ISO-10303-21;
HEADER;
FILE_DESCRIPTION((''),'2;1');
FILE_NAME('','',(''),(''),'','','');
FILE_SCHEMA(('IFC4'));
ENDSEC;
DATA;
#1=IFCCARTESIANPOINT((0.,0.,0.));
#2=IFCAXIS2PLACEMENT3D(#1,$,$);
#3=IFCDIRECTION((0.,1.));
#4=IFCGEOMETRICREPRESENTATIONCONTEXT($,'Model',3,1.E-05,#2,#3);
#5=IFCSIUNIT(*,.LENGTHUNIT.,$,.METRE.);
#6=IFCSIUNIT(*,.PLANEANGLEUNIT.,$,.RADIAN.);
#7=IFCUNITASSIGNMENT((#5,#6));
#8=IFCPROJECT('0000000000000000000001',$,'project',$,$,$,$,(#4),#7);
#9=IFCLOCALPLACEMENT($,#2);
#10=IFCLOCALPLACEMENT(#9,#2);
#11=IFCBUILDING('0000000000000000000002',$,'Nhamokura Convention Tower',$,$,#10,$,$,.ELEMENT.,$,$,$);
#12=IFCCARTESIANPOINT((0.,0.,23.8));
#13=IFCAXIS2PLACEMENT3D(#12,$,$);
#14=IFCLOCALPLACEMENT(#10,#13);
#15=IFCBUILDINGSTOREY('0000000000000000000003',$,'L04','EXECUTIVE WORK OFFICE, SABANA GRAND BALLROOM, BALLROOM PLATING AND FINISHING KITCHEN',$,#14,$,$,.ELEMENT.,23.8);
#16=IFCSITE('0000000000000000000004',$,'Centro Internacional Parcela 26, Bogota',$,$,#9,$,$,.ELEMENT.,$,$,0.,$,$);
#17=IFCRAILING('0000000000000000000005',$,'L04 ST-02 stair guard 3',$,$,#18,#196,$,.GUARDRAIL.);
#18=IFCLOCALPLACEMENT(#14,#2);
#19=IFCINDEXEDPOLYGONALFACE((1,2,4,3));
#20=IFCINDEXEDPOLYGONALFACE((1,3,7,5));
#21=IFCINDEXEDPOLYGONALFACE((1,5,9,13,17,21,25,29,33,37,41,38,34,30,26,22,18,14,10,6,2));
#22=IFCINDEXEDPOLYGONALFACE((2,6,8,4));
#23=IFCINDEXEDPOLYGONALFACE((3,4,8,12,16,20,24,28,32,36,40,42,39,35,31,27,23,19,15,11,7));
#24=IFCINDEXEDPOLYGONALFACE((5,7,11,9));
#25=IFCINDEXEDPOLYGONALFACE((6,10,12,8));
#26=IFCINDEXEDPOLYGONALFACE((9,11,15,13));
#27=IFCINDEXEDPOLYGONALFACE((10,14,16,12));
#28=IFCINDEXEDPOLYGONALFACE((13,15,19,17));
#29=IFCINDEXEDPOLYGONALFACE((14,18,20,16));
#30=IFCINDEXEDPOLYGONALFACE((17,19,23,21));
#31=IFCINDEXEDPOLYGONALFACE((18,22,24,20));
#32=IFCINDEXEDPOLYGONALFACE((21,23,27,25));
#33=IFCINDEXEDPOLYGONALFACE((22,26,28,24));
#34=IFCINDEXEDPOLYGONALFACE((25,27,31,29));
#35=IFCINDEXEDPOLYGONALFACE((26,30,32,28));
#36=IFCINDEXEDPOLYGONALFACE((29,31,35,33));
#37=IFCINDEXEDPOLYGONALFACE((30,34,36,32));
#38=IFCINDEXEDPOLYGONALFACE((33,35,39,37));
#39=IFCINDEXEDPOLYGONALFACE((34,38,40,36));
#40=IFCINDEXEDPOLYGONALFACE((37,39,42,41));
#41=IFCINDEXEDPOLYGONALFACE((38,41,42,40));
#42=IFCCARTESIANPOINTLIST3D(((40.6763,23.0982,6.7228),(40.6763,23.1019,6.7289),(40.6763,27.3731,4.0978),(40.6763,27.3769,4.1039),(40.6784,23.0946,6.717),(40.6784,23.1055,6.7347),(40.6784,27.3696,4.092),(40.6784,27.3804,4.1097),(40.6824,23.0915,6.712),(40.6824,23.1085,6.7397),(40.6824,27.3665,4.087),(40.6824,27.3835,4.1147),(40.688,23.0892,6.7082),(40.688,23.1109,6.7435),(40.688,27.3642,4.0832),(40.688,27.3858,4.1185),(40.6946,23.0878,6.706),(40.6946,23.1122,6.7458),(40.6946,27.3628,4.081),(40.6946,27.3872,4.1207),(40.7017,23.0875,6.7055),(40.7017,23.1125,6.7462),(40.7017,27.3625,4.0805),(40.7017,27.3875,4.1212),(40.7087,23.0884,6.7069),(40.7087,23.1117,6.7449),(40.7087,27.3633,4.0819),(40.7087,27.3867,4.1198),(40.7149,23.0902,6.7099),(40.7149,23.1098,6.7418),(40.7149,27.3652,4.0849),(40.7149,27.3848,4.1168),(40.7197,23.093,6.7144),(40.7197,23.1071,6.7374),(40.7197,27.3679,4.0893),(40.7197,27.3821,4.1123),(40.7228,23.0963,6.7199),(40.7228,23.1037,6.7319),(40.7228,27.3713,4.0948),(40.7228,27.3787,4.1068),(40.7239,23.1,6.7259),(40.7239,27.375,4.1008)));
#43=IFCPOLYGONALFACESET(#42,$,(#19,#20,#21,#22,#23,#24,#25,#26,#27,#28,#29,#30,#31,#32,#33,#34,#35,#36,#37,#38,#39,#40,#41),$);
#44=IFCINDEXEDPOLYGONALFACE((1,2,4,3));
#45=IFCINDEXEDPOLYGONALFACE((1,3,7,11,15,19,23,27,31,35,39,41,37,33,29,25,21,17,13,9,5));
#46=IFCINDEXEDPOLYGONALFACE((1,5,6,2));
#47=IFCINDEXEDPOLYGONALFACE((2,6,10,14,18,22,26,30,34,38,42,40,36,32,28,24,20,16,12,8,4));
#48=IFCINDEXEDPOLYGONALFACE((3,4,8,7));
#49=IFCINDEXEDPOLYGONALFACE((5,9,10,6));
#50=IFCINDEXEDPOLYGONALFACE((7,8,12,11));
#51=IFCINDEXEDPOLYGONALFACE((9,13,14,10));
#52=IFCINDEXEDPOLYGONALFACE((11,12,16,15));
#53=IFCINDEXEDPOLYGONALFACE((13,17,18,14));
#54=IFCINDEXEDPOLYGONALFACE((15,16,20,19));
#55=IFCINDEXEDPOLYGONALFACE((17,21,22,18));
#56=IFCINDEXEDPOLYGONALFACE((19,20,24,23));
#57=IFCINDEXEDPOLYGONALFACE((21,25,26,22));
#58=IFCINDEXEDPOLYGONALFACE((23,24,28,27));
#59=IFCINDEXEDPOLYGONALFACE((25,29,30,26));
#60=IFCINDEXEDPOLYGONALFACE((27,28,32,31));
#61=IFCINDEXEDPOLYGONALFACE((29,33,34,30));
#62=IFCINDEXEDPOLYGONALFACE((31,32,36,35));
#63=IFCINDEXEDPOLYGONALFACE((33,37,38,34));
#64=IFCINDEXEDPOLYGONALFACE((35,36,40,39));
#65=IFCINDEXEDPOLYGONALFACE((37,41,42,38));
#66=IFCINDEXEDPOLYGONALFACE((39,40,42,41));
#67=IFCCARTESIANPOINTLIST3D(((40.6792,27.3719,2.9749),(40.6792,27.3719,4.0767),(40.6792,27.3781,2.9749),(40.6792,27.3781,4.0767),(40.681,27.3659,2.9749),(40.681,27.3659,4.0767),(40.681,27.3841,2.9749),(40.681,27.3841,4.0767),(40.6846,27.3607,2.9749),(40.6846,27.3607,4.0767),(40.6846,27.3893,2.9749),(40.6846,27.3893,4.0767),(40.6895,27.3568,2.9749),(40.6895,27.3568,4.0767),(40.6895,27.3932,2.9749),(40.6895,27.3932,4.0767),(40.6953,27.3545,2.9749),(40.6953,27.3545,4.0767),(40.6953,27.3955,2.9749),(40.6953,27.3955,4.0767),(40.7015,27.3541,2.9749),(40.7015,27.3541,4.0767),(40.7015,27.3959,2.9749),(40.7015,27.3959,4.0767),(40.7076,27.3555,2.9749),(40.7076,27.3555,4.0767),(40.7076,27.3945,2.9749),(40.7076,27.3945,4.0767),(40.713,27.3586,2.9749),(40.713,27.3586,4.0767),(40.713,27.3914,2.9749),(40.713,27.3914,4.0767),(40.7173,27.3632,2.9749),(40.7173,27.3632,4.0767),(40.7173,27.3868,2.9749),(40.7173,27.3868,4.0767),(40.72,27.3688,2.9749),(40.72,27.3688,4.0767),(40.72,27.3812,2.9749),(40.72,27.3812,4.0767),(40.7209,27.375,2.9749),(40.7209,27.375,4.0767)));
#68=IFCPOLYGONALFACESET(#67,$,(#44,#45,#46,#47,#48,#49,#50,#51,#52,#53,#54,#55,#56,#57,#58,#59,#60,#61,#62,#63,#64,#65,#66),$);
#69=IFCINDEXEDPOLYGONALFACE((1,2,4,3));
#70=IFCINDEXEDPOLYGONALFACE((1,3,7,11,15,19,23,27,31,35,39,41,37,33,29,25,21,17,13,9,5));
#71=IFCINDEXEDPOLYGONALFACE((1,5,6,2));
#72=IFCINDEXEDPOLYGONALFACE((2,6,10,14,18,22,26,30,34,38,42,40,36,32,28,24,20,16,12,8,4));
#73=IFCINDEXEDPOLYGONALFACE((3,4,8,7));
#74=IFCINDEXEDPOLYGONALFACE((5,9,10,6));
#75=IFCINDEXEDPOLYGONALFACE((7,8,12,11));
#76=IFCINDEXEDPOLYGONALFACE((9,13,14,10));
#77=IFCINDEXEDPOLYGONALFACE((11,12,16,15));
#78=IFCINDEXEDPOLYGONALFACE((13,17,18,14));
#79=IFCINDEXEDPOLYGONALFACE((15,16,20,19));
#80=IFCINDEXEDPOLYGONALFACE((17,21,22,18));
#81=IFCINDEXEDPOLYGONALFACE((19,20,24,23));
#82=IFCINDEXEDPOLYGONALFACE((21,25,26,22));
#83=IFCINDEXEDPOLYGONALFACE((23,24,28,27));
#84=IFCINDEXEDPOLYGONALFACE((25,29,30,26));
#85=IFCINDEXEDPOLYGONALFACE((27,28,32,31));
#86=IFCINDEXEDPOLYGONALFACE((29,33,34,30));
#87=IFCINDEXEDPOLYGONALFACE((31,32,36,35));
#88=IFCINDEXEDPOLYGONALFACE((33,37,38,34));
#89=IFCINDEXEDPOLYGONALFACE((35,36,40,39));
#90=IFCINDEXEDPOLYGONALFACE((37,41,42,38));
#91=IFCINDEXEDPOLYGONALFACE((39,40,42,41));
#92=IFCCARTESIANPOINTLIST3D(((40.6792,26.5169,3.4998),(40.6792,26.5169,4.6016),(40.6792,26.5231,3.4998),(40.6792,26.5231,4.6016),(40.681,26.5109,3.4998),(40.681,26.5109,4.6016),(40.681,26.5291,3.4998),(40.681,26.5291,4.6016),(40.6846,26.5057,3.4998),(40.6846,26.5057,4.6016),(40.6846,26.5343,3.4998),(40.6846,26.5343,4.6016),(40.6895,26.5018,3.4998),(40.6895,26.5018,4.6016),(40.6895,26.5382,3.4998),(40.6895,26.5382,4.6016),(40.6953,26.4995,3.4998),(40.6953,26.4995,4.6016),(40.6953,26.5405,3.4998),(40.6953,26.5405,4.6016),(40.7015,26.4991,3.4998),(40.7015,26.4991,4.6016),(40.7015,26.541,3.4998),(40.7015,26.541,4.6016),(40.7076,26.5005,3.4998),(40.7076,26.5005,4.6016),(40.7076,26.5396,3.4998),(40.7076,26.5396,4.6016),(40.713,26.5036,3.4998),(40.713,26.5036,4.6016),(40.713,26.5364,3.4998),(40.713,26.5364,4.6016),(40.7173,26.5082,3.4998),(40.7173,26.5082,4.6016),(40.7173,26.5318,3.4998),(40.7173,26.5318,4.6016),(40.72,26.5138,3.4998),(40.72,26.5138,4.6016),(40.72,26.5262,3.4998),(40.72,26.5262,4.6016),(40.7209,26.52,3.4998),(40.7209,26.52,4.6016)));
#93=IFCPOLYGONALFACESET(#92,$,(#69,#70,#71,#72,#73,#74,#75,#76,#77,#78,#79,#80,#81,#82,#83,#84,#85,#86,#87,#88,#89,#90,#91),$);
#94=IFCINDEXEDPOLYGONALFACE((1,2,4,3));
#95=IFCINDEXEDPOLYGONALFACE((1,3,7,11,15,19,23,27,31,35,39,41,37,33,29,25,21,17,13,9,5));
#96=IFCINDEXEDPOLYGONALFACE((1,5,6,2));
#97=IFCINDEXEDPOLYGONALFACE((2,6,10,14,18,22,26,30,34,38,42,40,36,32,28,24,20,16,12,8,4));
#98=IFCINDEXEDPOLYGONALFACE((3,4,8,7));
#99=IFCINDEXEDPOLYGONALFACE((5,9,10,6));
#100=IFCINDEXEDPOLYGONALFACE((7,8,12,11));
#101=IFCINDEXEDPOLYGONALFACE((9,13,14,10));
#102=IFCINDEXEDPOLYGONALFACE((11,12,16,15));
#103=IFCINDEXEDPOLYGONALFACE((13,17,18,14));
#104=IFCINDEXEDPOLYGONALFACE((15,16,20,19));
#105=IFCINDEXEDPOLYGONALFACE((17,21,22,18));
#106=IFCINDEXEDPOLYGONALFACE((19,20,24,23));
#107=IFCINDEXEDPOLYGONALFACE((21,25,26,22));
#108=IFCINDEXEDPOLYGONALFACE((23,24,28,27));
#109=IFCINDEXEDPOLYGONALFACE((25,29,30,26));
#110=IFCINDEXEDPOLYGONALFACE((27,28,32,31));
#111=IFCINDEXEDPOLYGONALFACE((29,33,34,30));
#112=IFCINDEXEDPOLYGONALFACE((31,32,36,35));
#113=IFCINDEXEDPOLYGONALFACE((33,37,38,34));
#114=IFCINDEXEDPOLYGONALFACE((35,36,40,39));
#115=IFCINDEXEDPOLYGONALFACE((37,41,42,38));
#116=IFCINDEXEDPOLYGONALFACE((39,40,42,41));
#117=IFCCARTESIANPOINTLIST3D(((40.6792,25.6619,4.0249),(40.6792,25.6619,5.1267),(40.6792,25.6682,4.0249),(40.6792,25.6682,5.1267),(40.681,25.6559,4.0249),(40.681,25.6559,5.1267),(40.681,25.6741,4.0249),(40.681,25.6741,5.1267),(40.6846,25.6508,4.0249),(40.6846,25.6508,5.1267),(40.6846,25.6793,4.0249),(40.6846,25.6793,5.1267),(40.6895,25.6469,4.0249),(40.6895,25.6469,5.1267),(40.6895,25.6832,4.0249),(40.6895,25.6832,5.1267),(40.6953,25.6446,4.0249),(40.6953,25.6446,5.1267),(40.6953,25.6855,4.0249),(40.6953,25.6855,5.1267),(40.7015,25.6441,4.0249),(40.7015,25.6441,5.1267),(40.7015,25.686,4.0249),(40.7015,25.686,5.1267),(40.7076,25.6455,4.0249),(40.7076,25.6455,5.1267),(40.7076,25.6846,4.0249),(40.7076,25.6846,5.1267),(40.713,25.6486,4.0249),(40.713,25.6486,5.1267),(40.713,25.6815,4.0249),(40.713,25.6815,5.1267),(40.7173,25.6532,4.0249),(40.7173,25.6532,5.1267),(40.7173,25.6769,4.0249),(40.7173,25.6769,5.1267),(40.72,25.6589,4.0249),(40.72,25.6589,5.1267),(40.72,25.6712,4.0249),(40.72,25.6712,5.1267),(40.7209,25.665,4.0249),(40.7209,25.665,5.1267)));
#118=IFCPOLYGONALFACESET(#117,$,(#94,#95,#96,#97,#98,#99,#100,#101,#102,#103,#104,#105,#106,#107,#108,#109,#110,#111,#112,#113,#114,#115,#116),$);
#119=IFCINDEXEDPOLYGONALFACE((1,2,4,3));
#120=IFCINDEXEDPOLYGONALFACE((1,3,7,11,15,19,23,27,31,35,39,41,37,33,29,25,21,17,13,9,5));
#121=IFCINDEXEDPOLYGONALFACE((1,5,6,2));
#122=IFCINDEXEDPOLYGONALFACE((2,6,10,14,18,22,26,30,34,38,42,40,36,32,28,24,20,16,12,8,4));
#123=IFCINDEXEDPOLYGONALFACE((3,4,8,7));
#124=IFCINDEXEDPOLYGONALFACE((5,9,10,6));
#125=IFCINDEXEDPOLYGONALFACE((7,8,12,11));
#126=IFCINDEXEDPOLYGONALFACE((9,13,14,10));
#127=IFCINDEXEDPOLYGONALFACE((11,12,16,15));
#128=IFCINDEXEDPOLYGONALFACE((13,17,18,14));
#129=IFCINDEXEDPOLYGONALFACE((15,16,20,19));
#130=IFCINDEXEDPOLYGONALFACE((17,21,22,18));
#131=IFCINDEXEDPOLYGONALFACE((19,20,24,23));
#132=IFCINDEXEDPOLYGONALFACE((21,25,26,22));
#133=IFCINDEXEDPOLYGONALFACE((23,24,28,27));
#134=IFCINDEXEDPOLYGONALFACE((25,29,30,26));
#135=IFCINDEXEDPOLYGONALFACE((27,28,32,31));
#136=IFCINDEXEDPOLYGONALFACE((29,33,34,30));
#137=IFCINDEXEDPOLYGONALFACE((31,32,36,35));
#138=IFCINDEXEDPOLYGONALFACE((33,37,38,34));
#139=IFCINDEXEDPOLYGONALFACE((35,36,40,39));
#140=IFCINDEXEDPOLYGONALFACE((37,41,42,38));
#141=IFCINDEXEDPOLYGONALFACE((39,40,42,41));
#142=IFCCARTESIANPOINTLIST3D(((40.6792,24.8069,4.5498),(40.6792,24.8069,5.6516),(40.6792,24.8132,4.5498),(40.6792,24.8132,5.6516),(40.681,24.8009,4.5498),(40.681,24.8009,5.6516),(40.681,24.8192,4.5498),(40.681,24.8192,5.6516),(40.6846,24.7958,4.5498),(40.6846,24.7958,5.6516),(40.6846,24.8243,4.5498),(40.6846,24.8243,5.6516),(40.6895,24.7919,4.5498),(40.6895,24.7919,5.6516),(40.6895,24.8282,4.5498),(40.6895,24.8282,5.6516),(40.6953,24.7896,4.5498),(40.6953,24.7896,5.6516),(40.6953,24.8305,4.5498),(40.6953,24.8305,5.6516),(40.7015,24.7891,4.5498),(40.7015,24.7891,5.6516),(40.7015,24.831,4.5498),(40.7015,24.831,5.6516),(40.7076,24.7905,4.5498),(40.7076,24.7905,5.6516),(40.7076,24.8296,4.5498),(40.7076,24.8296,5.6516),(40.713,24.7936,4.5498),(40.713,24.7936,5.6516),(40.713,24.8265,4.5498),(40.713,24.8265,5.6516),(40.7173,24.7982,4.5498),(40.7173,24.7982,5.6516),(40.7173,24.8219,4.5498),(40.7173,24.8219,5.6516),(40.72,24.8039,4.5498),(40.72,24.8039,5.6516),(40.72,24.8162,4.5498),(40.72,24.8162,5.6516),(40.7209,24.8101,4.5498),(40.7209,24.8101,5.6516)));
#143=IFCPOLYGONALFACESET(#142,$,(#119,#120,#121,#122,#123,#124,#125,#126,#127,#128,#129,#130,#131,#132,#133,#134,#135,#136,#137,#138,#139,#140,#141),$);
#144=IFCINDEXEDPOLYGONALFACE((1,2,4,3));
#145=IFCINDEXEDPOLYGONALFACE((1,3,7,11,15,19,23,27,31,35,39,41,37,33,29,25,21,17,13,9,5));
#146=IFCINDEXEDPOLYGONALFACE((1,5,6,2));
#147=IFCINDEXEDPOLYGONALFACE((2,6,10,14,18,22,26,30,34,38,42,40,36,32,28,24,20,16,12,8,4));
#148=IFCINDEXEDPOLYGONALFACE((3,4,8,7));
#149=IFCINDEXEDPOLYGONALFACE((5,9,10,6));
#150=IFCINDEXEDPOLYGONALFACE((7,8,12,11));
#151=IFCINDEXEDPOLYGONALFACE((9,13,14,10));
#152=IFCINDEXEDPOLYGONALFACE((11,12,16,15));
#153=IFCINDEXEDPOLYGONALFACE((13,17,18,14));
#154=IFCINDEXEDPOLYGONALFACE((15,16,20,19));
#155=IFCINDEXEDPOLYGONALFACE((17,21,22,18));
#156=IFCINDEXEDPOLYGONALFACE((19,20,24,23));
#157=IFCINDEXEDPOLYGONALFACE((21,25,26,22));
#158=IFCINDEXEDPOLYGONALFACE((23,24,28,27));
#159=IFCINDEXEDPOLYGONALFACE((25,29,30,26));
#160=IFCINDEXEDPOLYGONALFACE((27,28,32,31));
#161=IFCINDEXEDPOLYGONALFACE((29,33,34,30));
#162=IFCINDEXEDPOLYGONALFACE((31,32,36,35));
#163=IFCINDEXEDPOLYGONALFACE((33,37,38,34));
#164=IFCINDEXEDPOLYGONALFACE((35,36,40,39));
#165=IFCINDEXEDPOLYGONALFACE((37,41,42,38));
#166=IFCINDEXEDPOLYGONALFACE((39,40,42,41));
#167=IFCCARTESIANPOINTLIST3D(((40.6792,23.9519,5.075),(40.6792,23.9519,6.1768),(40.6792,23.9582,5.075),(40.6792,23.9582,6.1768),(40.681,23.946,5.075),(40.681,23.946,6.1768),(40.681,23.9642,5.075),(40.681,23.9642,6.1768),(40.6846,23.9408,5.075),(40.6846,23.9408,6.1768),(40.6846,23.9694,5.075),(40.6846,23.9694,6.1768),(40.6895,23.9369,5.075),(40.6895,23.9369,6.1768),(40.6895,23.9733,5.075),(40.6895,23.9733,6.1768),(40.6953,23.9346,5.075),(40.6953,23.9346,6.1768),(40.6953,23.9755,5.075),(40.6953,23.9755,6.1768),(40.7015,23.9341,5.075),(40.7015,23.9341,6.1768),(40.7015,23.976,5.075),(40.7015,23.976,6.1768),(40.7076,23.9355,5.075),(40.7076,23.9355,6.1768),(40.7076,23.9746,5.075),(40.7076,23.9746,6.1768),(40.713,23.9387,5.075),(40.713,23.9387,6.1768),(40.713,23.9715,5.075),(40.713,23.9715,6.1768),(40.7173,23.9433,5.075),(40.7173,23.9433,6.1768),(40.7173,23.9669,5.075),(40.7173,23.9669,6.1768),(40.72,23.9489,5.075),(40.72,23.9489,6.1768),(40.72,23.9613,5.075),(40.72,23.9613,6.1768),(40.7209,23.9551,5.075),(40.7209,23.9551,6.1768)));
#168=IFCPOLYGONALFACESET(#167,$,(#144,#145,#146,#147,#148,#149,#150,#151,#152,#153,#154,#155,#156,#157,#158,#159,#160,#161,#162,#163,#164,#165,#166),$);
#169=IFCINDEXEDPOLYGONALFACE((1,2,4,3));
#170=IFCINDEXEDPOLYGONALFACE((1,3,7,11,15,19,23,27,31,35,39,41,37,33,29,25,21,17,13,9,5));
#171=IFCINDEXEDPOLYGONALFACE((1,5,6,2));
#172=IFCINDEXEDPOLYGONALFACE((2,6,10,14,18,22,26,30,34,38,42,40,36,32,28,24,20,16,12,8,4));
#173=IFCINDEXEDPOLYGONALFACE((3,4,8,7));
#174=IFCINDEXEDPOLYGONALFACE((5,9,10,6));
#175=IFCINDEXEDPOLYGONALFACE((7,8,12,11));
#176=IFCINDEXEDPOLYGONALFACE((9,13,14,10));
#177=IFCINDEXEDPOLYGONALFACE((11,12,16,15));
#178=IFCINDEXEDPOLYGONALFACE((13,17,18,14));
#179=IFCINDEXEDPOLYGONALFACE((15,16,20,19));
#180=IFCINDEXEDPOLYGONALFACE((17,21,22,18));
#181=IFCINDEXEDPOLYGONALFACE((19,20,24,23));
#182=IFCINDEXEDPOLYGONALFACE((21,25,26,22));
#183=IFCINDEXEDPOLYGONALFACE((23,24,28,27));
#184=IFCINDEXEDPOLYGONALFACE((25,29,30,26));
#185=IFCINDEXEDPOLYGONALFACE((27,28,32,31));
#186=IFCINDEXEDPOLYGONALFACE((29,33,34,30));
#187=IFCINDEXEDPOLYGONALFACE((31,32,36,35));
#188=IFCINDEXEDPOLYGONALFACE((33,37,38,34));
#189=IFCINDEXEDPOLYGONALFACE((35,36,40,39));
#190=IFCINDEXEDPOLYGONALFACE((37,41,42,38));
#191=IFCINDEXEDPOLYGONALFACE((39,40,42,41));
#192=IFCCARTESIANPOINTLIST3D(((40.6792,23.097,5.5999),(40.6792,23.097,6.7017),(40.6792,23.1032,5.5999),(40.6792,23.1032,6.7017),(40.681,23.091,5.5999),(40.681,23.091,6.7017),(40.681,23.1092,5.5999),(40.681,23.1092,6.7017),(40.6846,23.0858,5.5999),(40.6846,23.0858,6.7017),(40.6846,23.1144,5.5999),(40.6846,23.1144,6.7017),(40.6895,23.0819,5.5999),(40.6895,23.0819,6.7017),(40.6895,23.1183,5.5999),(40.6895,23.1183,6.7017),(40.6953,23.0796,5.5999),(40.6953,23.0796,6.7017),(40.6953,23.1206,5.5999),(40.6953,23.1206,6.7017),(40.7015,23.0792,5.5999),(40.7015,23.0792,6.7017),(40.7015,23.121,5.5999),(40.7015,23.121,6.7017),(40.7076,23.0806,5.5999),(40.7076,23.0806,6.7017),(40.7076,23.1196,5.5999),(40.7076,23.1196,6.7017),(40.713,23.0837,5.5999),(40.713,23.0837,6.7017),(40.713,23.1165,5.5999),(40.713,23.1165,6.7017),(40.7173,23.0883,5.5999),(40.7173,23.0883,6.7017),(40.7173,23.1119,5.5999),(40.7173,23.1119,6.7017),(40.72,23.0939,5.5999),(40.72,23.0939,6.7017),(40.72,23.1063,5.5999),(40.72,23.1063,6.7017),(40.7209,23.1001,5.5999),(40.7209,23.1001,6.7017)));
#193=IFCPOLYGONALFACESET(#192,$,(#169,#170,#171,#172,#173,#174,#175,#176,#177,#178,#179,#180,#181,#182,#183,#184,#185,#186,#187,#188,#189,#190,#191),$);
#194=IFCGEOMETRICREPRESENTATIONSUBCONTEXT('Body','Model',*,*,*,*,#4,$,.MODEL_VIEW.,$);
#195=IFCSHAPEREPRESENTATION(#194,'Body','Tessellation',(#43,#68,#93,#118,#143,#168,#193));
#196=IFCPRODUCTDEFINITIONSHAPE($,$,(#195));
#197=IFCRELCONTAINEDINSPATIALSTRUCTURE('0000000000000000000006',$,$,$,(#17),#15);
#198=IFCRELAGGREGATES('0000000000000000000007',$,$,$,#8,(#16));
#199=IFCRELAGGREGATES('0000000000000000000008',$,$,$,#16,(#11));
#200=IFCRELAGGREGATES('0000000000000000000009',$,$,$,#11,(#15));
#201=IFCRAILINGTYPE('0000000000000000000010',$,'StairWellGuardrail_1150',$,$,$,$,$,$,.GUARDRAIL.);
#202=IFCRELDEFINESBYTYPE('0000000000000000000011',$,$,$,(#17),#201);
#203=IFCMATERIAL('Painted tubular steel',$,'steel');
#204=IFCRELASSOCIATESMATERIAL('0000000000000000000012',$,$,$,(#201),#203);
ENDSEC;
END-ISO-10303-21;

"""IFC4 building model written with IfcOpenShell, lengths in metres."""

from ifc_helpers import new_model, si_unit, direction, frame, origin, origin_2d, place, context, subcontext, project, spatial, circle, extrude, material, type_object, element, save


model = new_model("IFC4")

# Units and contexts
model_context = context("Model", 3, precision=1e-05, world=origin(), true_north=direction((0.0, 1.0)))
body_context = subcontext(model_context, "Body", "Model", "MODEL_VIEW")
ifc_project = project(units=[si_unit("LENGTHUNIT", "METRE"), si_unit("PLANEANGLEUNIT", "RADIAN")], contexts=[model_context])

# Site, building, storey
site_placement = place(None, origin())
site = spatial("IfcSite", under=ifc_project, at=site_placement, Name="Centro Internacional Parcela 26, Bogota", CompositionType="ELEMENT", RefElevation=0.0)
building_placement = place(site_placement, origin())
building = spatial("IfcBuilding", under=site, at=building_placement, Name="Nhamokura Convention Tower", CompositionType="ELEMENT")
storey_placement = place(building_placement, frame((0.0, 0.0, 23.8)))
storey = spatial("IfcBuildingStorey", under=building, at=storey_placement, Name="L04", Description="EXECUTIVE WORK OFFICE, SABANA GRAND BALLROOM, BALLROOM PLATING AND FINISHING KITCHEN", CompositionType="ELEMENT", Elevation=23.8)

# Railing
ifc_material_1 = material(Name="Painted tubular steel", Category="steel")
railing_type_1 = type_object("IfcRailingType", Name="StairWellGuardrail_1150", PredefinedType="GUARDRAIL", material=ifc_material_1)
railing_1_placement = place(storey_placement, frame((40.7, 27.375, 2.9749)))
element("IfcRailing", 1, at=railing_1_placement, inside=storey, type_object=railing_type_1, Name="L04 ST-02 stair guard 3", PredefinedType="GUARDRAIL", context=body_context, shape_type="SweptSolid", body=[
    extrude(circle(Radius=0.0239, at=origin_2d()), frame((0.0, 0.0, 1.126), z_axis=(0.0, -0.852166, 0.523272), x_axis=(1.0, 0.0, 0.0)), (0.0, 0.0, 1.0), 5.0166),
    extrude(circle(Radius=0.021, at=origin_2d()), origin(), (0.0, 0.0, 1.0), 1.1018),
    extrude(circle(Radius=0.021, at=origin_2d()), frame((0.0, -0.855, 0.5249)), (0.0, 0.0, 1.0), 1.1018),
    extrude(circle(Radius=0.021, at=origin_2d()), frame((0.0, -1.71, 1.05)), (0.0, 0.0, 1.0), 1.1018),
    extrude(circle(Radius=0.021, at=origin_2d()), frame((0.0, -2.5649, 1.575)), (0.0, 0.0, 1.0), 1.1018),
    extrude(circle(Radius=0.021, at=origin_2d()), frame((0.0, -3.4199, 2.1001)), (0.0, 0.0, 1.0), 1.1018),
    extrude(circle(Radius=0.021, at=origin_2d()), frame((0.0, -4.2749, 2.625)), (0.0, 0.0, 1.0), 1.1018),
])

save(model, "model.ifc")
